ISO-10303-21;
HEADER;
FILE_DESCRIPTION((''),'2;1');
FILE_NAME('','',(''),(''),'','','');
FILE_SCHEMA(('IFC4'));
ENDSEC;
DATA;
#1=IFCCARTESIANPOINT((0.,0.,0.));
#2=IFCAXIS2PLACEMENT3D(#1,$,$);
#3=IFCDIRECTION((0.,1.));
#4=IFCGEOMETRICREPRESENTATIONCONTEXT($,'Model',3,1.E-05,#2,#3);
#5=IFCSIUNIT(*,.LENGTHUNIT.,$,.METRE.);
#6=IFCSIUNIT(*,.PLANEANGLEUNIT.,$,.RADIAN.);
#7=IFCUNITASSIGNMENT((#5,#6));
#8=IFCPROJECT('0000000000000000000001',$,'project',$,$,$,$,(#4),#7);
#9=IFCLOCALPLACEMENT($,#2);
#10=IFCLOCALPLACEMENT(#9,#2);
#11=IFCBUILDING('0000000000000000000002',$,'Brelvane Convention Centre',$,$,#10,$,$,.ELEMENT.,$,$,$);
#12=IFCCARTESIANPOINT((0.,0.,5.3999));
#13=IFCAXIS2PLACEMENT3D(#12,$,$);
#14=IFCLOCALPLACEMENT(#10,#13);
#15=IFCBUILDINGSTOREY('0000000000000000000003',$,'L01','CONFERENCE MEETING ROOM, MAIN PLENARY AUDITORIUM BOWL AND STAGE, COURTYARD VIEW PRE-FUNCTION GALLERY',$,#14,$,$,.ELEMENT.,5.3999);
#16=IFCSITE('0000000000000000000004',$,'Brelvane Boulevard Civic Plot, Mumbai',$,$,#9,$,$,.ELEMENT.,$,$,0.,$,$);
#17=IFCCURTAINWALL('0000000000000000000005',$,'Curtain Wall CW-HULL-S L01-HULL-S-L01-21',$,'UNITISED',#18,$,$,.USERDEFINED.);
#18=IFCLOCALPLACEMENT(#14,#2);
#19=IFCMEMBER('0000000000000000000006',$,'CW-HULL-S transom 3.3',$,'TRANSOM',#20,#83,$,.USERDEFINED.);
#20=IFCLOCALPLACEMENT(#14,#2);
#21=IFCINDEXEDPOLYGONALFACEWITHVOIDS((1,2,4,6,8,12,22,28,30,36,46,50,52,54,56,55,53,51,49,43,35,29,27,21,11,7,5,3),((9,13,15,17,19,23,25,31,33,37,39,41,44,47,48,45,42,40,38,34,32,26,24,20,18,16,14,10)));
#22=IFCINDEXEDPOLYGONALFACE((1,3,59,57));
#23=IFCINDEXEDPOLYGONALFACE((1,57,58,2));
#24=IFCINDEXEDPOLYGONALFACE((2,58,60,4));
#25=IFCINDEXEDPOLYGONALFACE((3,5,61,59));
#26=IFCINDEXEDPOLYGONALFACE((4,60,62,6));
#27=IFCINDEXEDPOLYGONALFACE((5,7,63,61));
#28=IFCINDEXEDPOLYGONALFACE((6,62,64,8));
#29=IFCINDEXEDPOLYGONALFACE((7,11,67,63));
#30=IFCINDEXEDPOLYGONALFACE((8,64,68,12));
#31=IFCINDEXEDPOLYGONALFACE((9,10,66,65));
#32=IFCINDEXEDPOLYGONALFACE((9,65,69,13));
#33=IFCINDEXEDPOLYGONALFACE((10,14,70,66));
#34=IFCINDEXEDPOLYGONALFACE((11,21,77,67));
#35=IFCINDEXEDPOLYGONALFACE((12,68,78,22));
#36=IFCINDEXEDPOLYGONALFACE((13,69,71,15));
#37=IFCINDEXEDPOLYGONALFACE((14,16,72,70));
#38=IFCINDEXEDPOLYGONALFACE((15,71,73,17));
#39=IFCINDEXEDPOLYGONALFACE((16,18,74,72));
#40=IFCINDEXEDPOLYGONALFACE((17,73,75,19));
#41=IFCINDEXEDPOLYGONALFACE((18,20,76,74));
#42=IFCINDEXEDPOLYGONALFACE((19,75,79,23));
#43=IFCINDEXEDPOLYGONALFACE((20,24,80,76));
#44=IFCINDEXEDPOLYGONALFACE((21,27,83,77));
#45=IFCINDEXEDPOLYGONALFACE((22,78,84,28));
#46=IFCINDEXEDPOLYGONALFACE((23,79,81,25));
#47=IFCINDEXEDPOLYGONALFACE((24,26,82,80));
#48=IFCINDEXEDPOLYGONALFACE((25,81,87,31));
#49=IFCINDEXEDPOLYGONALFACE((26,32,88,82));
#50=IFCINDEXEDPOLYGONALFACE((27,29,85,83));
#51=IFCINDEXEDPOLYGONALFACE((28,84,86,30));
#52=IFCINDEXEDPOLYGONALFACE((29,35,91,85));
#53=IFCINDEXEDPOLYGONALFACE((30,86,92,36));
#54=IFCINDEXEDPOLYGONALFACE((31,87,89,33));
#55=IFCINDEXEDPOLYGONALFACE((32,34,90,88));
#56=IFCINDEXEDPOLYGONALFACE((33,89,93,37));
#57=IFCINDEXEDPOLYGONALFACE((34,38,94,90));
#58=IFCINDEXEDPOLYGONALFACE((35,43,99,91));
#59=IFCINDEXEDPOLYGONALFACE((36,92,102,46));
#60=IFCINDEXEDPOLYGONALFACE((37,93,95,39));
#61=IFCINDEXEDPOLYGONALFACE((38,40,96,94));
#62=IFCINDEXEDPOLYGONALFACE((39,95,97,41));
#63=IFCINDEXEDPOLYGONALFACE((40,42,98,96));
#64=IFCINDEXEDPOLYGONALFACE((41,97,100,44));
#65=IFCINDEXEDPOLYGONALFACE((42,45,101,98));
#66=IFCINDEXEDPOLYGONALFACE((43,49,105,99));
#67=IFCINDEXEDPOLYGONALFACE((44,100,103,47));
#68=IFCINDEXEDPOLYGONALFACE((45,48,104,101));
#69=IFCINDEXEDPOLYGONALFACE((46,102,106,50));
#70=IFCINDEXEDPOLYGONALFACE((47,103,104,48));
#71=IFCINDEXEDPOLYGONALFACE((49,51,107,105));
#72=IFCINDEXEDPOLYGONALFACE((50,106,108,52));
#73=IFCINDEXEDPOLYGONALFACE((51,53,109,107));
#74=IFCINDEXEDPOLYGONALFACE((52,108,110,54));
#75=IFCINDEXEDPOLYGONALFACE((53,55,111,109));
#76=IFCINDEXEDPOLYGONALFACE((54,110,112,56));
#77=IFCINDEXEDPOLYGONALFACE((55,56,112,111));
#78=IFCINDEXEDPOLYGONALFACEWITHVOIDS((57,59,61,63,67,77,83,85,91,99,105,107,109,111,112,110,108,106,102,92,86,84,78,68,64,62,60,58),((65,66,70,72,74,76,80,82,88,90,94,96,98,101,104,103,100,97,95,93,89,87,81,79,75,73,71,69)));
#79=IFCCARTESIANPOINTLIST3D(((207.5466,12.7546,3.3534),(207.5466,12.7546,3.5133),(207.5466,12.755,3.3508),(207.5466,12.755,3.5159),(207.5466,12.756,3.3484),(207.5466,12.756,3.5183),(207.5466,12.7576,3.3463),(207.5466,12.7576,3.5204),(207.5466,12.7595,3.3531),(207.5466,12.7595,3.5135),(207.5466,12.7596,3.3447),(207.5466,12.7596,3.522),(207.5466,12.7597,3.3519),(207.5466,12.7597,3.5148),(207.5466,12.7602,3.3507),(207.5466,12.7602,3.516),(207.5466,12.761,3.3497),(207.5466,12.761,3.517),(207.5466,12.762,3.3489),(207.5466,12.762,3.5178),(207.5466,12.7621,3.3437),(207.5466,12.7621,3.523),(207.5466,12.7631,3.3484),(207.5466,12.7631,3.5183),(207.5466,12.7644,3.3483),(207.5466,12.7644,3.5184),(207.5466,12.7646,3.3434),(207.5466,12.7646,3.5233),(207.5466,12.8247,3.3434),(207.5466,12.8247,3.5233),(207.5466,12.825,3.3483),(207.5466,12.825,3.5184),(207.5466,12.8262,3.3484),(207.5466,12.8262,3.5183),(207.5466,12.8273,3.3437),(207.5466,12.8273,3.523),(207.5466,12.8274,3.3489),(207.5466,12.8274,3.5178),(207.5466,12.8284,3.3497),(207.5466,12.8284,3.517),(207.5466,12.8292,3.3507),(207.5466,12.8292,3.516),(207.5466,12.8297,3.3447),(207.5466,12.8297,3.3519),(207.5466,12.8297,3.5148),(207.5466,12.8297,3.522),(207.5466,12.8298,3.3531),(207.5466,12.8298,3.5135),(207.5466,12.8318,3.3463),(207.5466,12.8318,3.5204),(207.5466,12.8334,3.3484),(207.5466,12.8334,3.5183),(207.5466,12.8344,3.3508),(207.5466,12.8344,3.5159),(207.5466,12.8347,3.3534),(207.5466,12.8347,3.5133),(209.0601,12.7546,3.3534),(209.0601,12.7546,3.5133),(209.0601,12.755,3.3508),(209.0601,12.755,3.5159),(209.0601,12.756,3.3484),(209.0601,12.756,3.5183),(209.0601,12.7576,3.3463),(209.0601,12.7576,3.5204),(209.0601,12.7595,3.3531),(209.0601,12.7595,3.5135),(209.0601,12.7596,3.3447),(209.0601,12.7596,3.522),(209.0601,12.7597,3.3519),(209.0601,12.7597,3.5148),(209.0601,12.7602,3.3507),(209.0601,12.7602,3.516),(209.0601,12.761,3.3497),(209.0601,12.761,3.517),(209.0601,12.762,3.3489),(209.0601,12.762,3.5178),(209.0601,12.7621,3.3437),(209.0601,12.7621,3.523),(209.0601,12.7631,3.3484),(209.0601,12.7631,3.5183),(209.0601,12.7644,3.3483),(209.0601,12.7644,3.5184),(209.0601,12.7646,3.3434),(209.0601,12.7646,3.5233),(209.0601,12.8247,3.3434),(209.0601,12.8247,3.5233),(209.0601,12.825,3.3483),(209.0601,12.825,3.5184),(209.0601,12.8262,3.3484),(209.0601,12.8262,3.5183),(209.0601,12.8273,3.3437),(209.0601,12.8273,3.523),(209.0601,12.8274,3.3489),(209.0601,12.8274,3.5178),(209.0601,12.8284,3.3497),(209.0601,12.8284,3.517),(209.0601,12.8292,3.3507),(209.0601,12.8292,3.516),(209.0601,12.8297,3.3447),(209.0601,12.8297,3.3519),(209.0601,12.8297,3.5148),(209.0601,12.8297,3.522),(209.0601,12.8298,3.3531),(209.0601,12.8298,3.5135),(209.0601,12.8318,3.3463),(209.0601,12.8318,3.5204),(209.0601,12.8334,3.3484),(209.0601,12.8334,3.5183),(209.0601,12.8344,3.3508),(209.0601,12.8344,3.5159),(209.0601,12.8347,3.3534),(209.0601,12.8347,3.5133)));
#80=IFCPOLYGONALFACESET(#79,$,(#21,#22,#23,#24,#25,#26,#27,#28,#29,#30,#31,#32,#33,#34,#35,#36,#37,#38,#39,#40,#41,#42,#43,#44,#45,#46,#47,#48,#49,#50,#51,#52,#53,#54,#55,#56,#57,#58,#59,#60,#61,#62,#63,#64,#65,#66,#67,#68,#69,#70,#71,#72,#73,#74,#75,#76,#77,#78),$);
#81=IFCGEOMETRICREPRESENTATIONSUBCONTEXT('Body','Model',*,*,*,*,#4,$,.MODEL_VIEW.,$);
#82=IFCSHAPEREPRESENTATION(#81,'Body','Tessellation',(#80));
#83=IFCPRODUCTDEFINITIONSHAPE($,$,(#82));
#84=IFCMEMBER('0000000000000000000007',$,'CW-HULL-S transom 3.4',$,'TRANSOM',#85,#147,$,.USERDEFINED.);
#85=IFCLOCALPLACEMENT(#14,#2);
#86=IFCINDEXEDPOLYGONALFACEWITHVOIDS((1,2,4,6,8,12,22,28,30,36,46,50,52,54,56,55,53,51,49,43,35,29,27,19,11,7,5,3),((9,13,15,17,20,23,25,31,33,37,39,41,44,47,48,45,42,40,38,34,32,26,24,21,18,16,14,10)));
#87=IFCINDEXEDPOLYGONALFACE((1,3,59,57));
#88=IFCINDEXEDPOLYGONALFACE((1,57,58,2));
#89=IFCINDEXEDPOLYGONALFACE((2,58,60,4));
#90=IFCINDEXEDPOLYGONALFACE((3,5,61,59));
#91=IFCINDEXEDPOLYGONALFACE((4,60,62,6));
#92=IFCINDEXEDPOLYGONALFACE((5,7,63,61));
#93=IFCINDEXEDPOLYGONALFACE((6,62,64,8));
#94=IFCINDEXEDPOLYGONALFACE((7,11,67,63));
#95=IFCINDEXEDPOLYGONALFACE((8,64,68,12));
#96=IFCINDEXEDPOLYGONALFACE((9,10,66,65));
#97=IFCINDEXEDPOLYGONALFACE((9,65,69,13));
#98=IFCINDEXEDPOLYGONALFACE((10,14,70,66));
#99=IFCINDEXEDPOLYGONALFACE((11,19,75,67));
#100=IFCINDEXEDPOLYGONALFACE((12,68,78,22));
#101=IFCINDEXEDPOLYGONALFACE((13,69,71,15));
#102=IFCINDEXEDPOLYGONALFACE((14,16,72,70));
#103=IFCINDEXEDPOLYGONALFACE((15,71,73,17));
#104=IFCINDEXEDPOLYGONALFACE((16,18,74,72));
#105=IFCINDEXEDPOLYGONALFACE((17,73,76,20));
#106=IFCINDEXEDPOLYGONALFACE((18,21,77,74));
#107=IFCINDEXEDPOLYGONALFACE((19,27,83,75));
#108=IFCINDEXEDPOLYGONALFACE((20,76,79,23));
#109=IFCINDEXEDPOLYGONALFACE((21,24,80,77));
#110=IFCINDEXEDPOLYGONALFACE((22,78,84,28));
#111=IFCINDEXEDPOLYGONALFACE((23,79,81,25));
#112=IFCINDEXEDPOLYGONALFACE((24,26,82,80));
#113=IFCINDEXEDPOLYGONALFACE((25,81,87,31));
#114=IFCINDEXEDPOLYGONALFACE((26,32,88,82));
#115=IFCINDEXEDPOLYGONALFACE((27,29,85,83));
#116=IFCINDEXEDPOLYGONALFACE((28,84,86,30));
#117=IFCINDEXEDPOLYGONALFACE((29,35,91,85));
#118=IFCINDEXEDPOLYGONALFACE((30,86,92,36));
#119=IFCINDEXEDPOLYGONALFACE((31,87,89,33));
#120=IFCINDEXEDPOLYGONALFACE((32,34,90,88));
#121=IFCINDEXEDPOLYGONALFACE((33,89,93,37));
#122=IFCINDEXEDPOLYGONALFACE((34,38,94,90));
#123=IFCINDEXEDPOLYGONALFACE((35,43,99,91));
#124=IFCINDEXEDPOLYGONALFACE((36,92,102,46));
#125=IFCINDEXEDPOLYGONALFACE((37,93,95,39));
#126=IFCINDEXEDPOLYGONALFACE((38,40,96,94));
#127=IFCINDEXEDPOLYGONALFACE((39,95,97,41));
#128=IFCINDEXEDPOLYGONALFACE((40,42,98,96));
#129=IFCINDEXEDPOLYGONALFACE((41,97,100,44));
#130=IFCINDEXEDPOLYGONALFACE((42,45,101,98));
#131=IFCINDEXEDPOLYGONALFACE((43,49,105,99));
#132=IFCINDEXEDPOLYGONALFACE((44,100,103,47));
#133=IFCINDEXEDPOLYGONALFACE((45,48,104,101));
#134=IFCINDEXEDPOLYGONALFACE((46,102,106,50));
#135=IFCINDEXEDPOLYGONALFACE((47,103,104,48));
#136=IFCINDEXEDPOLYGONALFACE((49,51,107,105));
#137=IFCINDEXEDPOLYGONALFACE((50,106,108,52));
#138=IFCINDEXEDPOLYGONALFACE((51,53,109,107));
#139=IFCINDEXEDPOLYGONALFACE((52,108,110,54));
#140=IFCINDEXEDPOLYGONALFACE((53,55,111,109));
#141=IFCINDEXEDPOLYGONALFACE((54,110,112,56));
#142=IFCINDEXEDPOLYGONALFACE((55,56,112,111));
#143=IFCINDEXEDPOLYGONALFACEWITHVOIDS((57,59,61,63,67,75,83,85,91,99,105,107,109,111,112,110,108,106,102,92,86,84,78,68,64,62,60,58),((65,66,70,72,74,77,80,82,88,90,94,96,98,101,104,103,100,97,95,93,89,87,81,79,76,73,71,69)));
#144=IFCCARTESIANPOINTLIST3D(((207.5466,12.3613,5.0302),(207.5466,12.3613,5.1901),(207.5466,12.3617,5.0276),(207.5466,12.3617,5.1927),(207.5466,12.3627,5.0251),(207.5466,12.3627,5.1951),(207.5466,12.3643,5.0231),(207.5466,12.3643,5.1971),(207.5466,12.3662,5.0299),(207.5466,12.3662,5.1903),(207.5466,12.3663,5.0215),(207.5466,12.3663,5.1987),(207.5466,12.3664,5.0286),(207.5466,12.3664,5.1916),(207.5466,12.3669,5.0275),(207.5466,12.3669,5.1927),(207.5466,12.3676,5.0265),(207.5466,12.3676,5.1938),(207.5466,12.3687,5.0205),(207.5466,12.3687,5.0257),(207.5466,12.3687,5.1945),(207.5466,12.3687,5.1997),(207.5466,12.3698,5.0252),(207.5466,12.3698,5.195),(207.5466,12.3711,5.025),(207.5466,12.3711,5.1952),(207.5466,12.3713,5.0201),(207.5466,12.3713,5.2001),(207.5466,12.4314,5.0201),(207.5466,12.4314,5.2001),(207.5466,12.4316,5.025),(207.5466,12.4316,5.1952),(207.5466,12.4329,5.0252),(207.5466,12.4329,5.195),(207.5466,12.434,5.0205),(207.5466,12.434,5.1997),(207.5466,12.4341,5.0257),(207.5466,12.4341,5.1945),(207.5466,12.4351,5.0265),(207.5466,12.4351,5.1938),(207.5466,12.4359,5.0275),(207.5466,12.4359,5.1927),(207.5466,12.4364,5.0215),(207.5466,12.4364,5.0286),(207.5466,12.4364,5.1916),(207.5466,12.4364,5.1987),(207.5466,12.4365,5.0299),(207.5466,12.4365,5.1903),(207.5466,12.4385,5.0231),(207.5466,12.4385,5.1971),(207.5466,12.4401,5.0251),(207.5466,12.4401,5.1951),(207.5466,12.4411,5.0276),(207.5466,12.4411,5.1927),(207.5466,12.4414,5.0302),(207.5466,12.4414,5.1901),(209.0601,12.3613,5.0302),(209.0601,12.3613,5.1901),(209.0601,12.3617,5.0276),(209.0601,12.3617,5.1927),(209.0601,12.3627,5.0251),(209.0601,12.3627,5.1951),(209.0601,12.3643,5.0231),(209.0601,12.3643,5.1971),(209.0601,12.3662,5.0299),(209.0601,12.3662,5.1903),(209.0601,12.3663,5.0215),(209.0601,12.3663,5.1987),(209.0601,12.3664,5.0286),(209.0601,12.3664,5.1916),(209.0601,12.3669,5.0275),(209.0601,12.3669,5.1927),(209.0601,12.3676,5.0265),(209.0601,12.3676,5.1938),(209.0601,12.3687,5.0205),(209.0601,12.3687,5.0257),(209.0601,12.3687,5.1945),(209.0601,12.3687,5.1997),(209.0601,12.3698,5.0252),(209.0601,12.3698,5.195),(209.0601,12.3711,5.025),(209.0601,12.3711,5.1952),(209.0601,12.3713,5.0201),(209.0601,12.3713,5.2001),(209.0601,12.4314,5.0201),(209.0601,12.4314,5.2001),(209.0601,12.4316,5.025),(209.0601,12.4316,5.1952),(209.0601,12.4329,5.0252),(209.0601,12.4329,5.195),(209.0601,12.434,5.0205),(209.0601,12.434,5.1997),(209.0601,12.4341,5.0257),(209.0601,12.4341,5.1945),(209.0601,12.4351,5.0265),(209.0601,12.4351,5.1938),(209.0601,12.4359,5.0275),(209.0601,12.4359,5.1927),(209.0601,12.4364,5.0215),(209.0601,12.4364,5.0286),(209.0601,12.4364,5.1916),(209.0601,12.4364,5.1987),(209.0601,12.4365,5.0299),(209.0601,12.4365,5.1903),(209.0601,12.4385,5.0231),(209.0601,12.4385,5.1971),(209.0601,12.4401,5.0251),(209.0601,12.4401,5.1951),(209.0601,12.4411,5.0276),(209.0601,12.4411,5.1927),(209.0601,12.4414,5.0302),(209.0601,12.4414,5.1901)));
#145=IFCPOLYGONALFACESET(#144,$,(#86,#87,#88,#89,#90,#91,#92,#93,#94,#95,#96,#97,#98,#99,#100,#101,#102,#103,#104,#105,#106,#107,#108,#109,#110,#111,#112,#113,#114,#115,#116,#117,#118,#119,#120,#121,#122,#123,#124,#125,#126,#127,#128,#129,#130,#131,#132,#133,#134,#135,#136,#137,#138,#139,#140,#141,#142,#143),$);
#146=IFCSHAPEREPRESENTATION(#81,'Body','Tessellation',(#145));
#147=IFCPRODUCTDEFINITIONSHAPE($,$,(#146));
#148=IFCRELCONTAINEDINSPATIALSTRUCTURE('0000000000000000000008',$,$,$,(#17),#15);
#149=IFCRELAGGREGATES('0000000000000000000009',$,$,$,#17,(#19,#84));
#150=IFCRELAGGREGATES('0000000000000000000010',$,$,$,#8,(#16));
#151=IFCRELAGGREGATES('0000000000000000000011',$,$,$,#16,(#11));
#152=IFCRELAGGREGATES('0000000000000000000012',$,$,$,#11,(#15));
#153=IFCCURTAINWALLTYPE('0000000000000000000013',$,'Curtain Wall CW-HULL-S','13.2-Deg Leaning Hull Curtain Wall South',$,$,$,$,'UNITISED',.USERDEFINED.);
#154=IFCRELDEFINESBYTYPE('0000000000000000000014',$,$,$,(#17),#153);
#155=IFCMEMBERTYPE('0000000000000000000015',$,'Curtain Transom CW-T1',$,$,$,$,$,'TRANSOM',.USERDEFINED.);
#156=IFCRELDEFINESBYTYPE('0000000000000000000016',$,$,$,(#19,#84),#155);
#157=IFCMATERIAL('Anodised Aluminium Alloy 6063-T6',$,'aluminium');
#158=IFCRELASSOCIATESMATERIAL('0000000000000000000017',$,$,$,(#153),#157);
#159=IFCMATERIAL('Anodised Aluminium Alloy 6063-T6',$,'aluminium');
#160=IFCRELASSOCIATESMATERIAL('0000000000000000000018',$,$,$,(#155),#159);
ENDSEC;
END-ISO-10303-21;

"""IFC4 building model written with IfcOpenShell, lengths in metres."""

from ifc_helpers import new_model, si_unit, direction, frame, origin, origin_2d, place, context, subcontext, project, spatial, hollow_rectangle, extrude, material, material_profile, profile_set, type_object, element, aggregate, save


model = new_model("IFC4")

# Units and contexts
model_context = context("Model", 3, precision=1e-05, world=origin(), true_north=direction((0.0, 1.0)))
body_context = subcontext(model_context, "Body", "Model", "MODEL_VIEW")
ifc_project = project(units=[si_unit("LENGTHUNIT", "METRE"), si_unit("PLANEANGLEUNIT", "RADIAN")], contexts=[model_context])

# Site, building, storey
site_placement = place(None, origin())
site = spatial("IfcSite", under=ifc_project, at=site_placement, Name="Brelvane Boulevard Civic Plot, Mumbai", CompositionType="ELEMENT", RefElevation=0.0)
building_placement = place(site_placement, origin())
building = spatial("IfcBuilding", under=site, at=building_placement, Name="Brelvane Convention Centre", CompositionType="ELEMENT")
storey_placement = place(building_placement, frame((0.0, 0.0, 5.3999)))
storey = spatial("IfcBuildingStorey", under=building, at=storey_placement, Name="L01", Description="CONFERENCE MEETING ROOM, MAIN PLENARY AUDITORIUM BOWL AND STAGE, COURTYARD VIEW PRE-FUNCTION GALLERY", CompositionType="ELEMENT", Elevation=5.3999)

# Curtain wall, members
ifc_material_1 = material(Name="Anodised Aluminium Alloy 6063-T6", Category="aluminium")
curtain_wall_type = type_object("IfcCurtainWallType", Name="Curtain Wall CW-HULL-S", Description="13.2-Deg Leaning Hull Curtain Wall South", ElementType="UNITISED", PredefinedType="USERDEFINED", material=ifc_material_1)
curtain_wall_placement = place(storey_placement, origin())
curtain_wall = element("IfcCurtainWall", 1, at=curtain_wall_placement, inside=storey, type_object=curtain_wall_type, Name="Curtain Wall CW-HULL-S L01-HULL-S-L01-21", ObjectType="UNITISED", PredefinedType="USERDEFINED")
ifc_material_2 = material(Name="Anodised Aluminium Alloy 6063-T6", Category="aluminium")
ifc_material_profile = material_profile(ifc_material_2, hollow_rectangle(XDim=0.0801, YDim=0.1799, WallThickness=0.0049, InnerFilletRadius=0.0049, OuterFilletRadius=0.01, at=origin_2d()), Name="ALU-T 180x80x5.0")
ifc_profile_set = profile_set([ifc_material_profile], Name="Anodised Aluminium Alloy 6063-T6")
member_type = type_object("IfcMemberType", Name="Curtain Transom CW-T1", ElementType="TRANSOM", PredefinedType="USERDEFINED", material=ifc_profile_set)
member_1_placement = place(storey_placement, frame((207.5466, 12.7947, 3.4333), z_axis=(1.0, 0.0, 0.0), x_axis=(0.0, 1.0, 0.0)))
member_1 = element("IfcMember", 2, at=member_1_placement, type_object=member_type, Name="CW-HULL-S transom 3.3", ObjectType="TRANSOM", PredefinedType="USERDEFINED", context=body_context, shape_type="SweptSolid", body=[
    extrude(hollow_rectangle(XDim=0.0801, YDim=0.1799, WallThickness=0.0049, InnerFilletRadius=0.0049, OuterFilletRadius=0.01, at=origin_2d()), origin(), (0.0, 0.0, 1.0), 1.5134),
])
member_2_placement = place(storey_placement, frame((207.5466, 12.4014, 5.1101), z_axis=(1.0, 0.0, 0.0), x_axis=(0.0, 1.0, 0.0)))
member_2 = element("IfcMember", 3, at=member_2_placement, type_object=member_type, Name="CW-HULL-S transom 3.4", ObjectType="TRANSOM", PredefinedType="USERDEFINED", context=body_context, shape_type="SweptSolid", body=[
    extrude(hollow_rectangle(XDim=0.0801, YDim=0.1799, WallThickness=0.0049, InnerFilletRadius=0.0049, OuterFilletRadius=0.01, at=origin_2d()), origin(), (0.0, 0.0, 1.0), 1.5134),
])
aggregate(curtain_wall, [member_1, member_2])

save(model, "model.ifc")
